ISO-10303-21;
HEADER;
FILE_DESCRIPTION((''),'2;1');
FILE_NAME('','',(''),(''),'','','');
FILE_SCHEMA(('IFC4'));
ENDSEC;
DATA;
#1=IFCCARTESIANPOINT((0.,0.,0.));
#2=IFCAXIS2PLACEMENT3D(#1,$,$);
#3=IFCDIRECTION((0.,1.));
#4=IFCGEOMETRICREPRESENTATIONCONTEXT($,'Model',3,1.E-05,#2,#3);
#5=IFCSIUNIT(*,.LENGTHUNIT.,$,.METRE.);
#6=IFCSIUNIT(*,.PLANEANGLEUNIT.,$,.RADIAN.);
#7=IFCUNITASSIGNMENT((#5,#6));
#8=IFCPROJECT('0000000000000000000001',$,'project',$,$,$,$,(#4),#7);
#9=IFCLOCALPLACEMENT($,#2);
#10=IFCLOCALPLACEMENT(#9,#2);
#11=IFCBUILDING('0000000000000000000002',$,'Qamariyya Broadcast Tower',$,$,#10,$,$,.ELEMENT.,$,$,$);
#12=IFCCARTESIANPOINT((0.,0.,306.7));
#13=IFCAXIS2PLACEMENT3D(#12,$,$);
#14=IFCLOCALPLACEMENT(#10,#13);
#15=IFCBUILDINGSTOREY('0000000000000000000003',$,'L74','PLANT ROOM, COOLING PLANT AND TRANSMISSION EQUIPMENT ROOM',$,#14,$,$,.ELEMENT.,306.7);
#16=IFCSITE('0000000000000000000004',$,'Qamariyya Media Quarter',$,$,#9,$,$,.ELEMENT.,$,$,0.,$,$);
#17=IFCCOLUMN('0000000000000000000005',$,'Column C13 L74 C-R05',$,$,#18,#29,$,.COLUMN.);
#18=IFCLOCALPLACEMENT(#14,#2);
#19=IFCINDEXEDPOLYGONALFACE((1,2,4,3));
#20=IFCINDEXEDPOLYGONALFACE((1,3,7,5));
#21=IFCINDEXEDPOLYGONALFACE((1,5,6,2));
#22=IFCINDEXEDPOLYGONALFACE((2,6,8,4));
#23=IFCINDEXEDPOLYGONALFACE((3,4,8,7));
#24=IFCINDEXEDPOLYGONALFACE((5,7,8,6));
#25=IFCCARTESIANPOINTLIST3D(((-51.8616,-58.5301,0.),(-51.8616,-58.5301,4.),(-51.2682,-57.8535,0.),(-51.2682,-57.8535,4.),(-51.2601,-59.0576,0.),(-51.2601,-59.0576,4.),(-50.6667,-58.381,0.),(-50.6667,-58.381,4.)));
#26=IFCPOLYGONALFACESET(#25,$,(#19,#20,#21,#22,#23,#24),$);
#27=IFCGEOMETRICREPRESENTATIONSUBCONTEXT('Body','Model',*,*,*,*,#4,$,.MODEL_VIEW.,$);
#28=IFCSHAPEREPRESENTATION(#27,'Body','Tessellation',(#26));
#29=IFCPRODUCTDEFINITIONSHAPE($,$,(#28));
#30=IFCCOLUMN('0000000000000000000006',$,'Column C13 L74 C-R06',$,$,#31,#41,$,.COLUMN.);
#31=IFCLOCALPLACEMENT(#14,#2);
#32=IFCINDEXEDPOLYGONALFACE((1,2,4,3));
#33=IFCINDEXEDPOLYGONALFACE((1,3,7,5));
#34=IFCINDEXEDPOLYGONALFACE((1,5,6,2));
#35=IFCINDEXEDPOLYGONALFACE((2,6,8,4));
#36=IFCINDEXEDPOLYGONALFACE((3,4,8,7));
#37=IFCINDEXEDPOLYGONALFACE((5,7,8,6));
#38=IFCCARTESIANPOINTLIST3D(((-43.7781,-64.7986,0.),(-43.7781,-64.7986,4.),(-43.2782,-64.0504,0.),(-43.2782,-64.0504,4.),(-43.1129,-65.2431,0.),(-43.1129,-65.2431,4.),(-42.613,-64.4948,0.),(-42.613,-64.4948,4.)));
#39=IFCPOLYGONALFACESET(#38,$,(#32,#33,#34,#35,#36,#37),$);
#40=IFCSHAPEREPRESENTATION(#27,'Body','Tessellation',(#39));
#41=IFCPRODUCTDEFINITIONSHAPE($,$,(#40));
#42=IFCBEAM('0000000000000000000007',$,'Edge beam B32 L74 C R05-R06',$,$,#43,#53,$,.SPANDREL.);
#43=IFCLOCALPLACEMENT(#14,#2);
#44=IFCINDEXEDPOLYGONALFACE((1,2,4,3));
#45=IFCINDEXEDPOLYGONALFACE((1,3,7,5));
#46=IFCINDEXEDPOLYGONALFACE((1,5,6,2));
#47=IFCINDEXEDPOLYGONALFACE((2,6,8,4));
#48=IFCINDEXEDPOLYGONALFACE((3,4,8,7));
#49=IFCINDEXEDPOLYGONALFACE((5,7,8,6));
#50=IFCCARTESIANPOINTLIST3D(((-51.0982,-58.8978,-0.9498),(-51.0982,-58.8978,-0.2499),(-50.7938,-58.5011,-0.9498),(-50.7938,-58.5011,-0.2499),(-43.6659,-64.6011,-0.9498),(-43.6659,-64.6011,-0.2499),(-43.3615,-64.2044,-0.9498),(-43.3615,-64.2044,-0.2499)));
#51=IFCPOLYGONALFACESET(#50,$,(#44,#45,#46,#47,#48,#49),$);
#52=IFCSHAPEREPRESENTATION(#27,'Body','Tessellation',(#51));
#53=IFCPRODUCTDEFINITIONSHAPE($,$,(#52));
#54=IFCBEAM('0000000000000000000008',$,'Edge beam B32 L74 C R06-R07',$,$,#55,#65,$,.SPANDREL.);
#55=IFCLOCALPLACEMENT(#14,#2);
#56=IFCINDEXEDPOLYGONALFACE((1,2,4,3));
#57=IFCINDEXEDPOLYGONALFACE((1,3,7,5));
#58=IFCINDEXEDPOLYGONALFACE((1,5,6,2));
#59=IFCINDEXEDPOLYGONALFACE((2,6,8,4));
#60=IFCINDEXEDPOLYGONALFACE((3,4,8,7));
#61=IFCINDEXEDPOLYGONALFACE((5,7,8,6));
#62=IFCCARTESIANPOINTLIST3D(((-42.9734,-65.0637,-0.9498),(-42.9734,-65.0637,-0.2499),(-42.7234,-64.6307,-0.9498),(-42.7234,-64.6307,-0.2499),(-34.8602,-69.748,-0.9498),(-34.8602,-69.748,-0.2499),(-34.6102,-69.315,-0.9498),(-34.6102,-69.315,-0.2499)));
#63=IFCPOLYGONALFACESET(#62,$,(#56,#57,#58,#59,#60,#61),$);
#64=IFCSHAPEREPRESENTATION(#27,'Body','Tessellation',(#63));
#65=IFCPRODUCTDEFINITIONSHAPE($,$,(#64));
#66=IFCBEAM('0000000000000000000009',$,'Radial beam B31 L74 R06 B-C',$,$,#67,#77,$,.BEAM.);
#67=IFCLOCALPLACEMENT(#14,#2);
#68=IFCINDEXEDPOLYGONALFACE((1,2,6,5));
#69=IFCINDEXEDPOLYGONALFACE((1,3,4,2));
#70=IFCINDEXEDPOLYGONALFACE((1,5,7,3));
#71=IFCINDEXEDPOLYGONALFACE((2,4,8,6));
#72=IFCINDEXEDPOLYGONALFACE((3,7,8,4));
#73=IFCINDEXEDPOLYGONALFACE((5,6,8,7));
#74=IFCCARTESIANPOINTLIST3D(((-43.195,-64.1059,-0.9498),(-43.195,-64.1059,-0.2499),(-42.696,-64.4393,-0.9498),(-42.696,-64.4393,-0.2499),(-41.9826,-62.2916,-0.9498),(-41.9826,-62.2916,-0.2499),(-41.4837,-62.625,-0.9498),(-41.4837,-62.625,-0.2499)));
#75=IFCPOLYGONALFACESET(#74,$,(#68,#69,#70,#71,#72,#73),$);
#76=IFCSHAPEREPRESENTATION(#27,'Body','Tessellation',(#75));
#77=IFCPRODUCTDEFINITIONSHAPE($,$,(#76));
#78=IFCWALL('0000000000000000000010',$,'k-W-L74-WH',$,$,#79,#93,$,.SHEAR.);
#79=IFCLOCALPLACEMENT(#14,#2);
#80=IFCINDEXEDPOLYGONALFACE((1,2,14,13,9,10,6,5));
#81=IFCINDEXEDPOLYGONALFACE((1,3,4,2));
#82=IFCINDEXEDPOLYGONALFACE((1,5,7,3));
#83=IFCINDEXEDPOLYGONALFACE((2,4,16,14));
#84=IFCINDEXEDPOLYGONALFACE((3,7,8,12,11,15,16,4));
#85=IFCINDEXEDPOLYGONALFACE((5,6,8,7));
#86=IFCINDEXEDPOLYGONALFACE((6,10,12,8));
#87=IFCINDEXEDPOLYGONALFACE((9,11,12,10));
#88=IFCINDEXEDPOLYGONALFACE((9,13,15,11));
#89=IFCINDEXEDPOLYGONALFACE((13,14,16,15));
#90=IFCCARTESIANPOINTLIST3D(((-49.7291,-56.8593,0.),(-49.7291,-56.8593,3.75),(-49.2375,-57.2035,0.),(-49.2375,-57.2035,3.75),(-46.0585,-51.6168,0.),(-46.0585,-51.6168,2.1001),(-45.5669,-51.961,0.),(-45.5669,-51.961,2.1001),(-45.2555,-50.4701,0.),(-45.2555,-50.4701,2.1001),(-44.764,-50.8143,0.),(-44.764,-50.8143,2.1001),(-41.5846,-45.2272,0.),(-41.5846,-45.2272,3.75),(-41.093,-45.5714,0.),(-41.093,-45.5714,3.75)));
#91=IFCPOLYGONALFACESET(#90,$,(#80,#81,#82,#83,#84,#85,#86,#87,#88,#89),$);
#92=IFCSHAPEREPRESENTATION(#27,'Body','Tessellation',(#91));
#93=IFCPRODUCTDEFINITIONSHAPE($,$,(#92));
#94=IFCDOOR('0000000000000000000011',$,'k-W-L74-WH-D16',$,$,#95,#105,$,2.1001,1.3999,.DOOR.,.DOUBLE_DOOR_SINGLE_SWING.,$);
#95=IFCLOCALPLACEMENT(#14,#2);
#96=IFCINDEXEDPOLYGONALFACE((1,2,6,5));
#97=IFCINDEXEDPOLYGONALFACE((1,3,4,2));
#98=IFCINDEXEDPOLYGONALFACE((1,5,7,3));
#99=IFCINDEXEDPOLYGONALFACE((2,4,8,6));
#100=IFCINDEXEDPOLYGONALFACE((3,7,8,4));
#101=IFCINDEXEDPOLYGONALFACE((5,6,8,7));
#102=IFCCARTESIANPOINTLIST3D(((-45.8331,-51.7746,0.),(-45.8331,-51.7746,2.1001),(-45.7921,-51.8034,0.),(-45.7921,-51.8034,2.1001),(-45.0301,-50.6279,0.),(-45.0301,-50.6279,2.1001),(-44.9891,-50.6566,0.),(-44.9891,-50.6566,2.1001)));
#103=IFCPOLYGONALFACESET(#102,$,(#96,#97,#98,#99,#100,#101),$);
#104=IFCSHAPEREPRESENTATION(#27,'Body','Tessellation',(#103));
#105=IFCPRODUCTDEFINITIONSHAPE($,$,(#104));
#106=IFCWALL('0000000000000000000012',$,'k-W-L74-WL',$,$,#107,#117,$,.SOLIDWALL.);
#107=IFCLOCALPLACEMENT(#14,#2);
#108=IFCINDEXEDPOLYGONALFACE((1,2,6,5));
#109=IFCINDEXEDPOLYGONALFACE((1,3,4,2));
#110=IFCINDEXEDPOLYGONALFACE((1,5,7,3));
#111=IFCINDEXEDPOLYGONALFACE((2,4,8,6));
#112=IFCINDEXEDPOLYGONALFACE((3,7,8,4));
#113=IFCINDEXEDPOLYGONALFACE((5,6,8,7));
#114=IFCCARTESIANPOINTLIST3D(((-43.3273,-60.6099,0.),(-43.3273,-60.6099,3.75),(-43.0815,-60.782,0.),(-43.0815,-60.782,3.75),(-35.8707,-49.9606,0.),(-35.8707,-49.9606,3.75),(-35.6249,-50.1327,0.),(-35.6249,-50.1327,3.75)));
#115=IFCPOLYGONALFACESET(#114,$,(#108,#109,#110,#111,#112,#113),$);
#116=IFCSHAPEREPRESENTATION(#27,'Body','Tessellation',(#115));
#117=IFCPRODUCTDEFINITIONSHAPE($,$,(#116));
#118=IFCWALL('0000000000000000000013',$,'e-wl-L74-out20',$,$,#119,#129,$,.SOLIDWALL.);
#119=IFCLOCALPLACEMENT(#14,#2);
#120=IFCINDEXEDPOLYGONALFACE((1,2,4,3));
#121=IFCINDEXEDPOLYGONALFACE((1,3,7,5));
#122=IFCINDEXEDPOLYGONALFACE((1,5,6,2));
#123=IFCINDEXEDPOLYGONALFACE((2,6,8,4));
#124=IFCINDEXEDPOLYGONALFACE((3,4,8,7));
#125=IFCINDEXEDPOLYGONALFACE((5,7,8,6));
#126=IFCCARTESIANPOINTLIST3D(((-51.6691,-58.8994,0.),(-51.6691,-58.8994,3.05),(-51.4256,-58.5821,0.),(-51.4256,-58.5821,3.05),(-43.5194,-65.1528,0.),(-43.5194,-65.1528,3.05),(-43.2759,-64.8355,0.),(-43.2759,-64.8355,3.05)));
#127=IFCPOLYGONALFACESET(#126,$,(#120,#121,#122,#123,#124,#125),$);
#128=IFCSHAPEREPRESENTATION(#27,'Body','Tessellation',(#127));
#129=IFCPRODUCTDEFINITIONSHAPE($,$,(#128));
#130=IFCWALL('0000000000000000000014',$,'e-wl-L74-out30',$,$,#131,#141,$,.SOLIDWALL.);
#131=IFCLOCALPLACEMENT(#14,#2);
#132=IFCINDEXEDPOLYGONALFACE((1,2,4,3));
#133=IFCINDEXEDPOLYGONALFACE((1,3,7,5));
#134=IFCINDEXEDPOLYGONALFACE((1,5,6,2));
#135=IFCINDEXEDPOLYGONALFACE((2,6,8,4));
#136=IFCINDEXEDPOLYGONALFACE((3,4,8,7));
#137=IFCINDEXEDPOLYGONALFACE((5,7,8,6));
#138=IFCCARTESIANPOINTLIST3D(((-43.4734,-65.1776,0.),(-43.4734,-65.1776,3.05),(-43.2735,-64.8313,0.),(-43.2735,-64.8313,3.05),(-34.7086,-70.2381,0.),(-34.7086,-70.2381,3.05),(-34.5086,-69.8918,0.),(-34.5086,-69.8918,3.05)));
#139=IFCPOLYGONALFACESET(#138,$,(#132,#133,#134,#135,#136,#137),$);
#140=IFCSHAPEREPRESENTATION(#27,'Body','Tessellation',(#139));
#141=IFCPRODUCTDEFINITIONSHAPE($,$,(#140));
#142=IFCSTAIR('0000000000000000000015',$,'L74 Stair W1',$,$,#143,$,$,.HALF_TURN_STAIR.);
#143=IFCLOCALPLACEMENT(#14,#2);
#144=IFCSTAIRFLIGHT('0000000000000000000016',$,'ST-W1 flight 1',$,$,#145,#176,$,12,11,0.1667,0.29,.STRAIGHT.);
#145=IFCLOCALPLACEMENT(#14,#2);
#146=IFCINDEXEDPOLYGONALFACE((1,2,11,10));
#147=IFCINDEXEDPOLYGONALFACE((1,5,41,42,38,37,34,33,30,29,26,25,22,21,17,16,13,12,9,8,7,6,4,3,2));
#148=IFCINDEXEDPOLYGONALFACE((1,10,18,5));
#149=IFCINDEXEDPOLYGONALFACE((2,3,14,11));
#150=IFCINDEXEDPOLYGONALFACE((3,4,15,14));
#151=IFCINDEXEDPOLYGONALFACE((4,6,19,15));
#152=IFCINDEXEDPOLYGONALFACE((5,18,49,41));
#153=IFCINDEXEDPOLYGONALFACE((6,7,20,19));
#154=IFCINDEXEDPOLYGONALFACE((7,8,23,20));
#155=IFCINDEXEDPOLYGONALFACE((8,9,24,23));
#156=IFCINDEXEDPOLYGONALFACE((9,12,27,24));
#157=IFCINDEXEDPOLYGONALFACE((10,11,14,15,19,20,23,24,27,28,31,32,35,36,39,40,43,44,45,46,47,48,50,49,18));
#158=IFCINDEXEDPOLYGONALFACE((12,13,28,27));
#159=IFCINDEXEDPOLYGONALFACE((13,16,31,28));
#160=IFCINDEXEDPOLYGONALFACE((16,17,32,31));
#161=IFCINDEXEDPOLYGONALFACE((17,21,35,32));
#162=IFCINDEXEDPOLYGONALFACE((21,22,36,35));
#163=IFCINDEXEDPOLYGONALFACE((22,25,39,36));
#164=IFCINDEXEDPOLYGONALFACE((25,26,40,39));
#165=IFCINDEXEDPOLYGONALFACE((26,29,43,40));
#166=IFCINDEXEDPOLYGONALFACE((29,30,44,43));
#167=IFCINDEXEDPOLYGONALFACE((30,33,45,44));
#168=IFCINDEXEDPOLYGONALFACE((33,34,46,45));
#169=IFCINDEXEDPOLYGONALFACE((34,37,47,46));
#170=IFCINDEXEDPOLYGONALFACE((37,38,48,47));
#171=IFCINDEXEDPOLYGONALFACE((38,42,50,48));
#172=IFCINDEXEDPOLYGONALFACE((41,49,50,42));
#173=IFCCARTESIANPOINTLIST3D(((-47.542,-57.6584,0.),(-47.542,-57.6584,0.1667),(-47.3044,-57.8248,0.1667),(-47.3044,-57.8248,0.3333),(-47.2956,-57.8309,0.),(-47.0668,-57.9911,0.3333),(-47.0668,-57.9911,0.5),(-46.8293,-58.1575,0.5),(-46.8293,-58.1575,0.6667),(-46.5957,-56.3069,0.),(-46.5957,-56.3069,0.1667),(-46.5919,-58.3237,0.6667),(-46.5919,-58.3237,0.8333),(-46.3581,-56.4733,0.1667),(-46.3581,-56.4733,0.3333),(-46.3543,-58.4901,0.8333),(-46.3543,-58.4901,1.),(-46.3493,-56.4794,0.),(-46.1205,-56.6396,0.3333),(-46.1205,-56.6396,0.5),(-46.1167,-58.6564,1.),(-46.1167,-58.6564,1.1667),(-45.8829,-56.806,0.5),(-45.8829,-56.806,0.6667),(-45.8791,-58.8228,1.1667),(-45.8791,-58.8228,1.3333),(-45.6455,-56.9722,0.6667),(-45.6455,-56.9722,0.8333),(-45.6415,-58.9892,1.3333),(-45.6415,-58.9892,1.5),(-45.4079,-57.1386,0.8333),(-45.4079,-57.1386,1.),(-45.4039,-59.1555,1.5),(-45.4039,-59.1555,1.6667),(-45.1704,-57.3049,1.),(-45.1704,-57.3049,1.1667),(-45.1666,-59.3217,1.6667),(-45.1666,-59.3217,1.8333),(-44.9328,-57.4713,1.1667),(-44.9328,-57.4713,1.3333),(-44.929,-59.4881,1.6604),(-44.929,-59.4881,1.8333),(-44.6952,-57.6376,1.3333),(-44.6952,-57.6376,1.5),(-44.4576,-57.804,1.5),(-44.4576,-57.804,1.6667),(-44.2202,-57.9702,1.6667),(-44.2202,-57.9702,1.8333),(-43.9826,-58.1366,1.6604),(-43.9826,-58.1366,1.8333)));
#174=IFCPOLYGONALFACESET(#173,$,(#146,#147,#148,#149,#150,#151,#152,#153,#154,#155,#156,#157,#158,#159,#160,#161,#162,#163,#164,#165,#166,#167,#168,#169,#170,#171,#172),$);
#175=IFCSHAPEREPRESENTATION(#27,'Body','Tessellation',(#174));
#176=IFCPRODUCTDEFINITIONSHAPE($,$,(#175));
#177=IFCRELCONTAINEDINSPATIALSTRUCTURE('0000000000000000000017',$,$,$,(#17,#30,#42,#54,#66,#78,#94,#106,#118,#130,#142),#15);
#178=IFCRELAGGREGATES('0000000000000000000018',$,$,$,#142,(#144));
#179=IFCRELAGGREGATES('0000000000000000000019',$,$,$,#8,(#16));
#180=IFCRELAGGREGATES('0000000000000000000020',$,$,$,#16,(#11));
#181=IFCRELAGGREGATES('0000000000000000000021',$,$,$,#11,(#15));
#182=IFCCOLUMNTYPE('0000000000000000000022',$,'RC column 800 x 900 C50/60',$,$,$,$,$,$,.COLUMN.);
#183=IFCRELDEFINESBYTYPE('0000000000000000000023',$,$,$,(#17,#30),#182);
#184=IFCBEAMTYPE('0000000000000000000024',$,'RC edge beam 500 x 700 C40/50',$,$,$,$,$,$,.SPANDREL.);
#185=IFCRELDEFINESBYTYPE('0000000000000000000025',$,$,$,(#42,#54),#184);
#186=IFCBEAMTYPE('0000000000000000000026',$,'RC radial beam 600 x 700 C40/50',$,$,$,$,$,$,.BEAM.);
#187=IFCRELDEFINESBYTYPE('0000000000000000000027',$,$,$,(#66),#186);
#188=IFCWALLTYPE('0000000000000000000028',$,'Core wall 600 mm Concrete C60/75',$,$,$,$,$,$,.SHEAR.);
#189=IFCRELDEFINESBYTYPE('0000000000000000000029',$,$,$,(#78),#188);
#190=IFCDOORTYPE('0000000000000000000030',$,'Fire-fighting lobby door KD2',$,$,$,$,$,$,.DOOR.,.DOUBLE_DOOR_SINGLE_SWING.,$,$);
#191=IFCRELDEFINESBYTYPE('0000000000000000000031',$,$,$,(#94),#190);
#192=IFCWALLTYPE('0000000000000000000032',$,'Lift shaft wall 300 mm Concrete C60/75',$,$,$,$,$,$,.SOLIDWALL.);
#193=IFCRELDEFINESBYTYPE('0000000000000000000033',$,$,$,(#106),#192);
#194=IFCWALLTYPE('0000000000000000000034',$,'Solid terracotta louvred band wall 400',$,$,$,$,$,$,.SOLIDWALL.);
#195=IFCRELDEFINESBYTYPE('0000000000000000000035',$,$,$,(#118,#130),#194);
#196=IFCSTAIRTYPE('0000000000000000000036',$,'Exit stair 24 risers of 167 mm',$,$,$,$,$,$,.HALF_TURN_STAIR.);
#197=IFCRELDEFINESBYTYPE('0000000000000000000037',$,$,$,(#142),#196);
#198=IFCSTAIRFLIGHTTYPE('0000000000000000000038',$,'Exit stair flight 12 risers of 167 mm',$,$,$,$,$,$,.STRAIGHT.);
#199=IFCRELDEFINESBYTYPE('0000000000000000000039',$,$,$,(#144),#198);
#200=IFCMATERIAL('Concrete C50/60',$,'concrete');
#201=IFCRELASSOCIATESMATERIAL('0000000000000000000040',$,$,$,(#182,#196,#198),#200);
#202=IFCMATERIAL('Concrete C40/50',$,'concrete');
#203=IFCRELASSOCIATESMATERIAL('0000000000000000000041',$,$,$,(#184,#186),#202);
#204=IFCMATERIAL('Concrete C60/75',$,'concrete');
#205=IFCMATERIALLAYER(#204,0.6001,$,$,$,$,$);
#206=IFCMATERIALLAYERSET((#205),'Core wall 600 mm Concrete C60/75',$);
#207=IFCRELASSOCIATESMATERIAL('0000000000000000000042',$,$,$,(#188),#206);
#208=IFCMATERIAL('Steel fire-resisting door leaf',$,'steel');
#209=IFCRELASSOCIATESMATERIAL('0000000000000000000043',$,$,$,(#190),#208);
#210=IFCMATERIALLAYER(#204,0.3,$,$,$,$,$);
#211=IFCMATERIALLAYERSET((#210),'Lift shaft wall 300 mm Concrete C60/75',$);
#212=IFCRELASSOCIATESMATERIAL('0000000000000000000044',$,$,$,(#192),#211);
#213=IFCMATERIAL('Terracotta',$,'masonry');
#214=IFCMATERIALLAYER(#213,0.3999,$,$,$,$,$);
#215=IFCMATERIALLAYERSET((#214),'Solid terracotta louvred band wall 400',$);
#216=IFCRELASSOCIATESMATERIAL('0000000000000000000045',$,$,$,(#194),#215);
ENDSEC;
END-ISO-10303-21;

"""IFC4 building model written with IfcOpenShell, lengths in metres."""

from ifc_helpers import new_model, si_unit, direction, frame, frame_2d, origin, origin_2d, place, context, subcontext, project, spatial, polyline, rectangle, outline, extrude, material, layer, layer_set, material_profile, profile_set, type_object, element, fill, aggregate, save


model = new_model("IFC4")

# Units and contexts
model_context = context("Model", 3, precision=1e-05, world=origin(), true_north=direction((0.0, 1.0)))
body_context = subcontext(model_context, "Body", "Model", "MODEL_VIEW")
ifc_project = project(units=[si_unit("LENGTHUNIT", "METRE"), si_unit("PLANEANGLEUNIT", "RADIAN")], contexts=[model_context])

# Site, building, storey
site_placement = place(None, origin())
site = spatial("IfcSite", under=ifc_project, at=site_placement, Name="Qamariyya Media Quarter", CompositionType="ELEMENT", RefElevation=0.0)
building_placement = place(site_placement, origin())
building = spatial("IfcBuilding", under=site, at=building_placement, Name="Qamariyya Broadcast Tower", CompositionType="ELEMENT")
storey_placement = place(building_placement, frame((0.0, 0.0, 306.7)))
storey = spatial("IfcBuildingStorey", under=building, at=storey_placement, Name="L74", Description="PLANT ROOM, COOLING PLANT AND TRANSMISSION EQUIPMENT ROOM", CompositionType="ELEMENT", Elevation=306.7)

# Columns
ifc_material_1 = material(Name="Concrete C50/60", Category="concrete")
ifc_material_profile_1 = material_profile(ifc_material_1, rectangle(XDim=0.8, YDim=0.8999, at=origin_2d()))
ifc_profile_set_1 = profile_set([ifc_material_profile_1], Name="Concrete C50/60")
column_type = type_object("IfcColumnType", Name="RC column 800 x 900 C50/60", PredefinedType="COLUMN", material=ifc_profile_set_1)
for number, where, z_axis, x_axis, name in (
    (1, (-51.2642, -58.4556, 0.0), (0.0, 0.0, 1.0), (0.75184, -0.659346, 0.0), "Column C13 L74 C-R05"),
    (2, (-43.1956, -64.6467, 0.0), (0.0, 0.0, 1.0), (0.83147, -0.55557, 0.0), "Column C13 L74 C-R06"),
):
    element("IfcColumn", number, at=place(storey_placement, frame(where, z_axis=z_axis, x_axis=x_axis)), inside=storey, type_object=column_type, Name=name, PredefinedType="COLUMN", context=body_context, shape_type="SweptSolid", body=[
        extrude(rectangle(XDim=0.8, YDim=0.8999, at=origin_2d()), origin(), (0.0, 0.0, 1.0), 4.0),
    ])

# Beams
ifc_material_2 = material(Name="Concrete C40/50", Category="concrete")
ifc_material_profile_2 = material_profile(ifc_material_2, rectangle(XDim=0.5, YDim=0.7, at=origin_2d()))
ifc_profile_set_2 = profile_set([ifc_material_profile_2], Name="Concrete C40/50")
beam_type_1 = type_object("IfcBeamType", Name="RC edge beam 500 x 700 C40/50", PredefinedType="SPANDREL", material=ifc_profile_set_2)
for number, where, z_axis, x_axis, name in (
    (3, (-50.946, -58.6995, -0.5999), (0.793337, -0.608782, 0.0), (0.608782, 0.793337, 0.0), "Edge beam B32 L74 C R05-R06"),
    (4, (-42.8484, -64.8472, -0.5999), (0.86602, -0.50001, 0.0), (0.50001, 0.86602, 0.0), "Edge beam B32 L74 C R06-R07"),
):
    element("IfcBeam", number, at=place(storey_placement, frame(where, z_axis=z_axis, x_axis=x_axis)), inside=storey, type_object=beam_type_1, Name=name, PredefinedType="SPANDREL", context=body_context, shape_type="SweptSolid", body=[
        extrude(rectangle(XDim=0.5, YDim=0.7, at=origin_2d()), origin(), (0.0, 0.0, 1.0), 9.3684),
    ])
ifc_material_profile_3 = material_profile(ifc_material_2, rectangle(XDim=0.6001, YDim=0.7, at=origin_2d()))
ifc_profile_set_3 = profile_set([ifc_material_profile_3], Name="Concrete C40/50")
beam_type_2 = type_object("IfcBeamType", Name="RC radial beam 600 x 700 C40/50", PredefinedType="BEAM", material=ifc_profile_set_3)
beam_placement = place(storey_placement, frame((-41.7332, -62.4583, -0.5999), z_axis=(-0.555578, -0.831465, 0.0), x_axis=(0.831465, -0.555578, 0.0)))
element("IfcBeam", 5, at=beam_placement, inside=storey, type_object=beam_type_2, Name="Radial beam B31 L74 R06 B-C", PredefinedType="BEAM", context=body_context, shape_type="SweptSolid", body=[
    extrude(rectangle(XDim=0.6001, YDim=0.7, at=origin_2d()), origin(), (0.0, 0.0, 1.0), 2.1821),
])

# Wall, opening, door
ifc_material_3 = material(Name="Concrete C60/75", Category="concrete")
ifc_layer_1 = layer(ifc_material_3, 0.6001)
ifc_layer_set_1 = layer_set([ifc_layer_1], Name="Core wall 600 mm Concrete C60/75")
wall_type_1 = type_object("IfcWallType", Name="Core wall 600 mm Concrete C60/75", PredefinedType="SHEAR", material=ifc_layer_set_1)
wall_1_placement = place(storey_placement, frame((-49.4834, -57.0315, 0.0), z_axis=(0.0, 0.0, 1.0), x_axis=(0.57356, 0.819163, 0.0)))
wall_1 = element("IfcWall", 6, at=wall_1_placement, inside=storey, type_object=wall_type_1, Name="k-W-L74-WH", PredefinedType="SHEAR", context=body_context, shape_type="SweptSolid", body=[
    extrude(rectangle(XDim=14.2, YDim=0.6001, at=frame_2d((7.1001, 0.0))), origin(), (0.0, 0.0, 1.0), 3.75),
])
opening_placement = place(wall_1_placement, frame((6.3999, 0.0, 0.0)))
opening = element("IfcOpeningElement", 7, at=opening_placement, cuts=wall_1, PredefinedType="OPENING", context=body_context, shape_type="SweptSolid", body=[
    extrude(rectangle(XDim=1.3999, YDim=2.1001, at=frame_2d((0.7, 1.05))), frame((0.0, 0.3101, 0.0), z_axis=(0.0, -1.0, 0.0), x_axis=(1.0, 0.0, 0.0)), (0.0, 0.0, 1.0), 0.6201),
])
ifc_material_4 = material(Name="Steel fire-resisting door leaf", Category="steel")
door_type = type_object("IfcDoorType", Name="Fire-fighting lobby door KD2", OperationType="DOUBLE_DOOR_SINGLE_SWING", PredefinedType="DOOR", material=ifc_material_4)
door_placement = place(opening_placement, origin())
door = element("IfcDoor", 8, at=door_placement, inside=storey, type_object=door_type, Name="k-W-L74-WH-D16", OperationType="DOUBLE_DOOR_SINGLE_SWING", OverallHeight=2.1001, OverallWidth=1.3999, PredefinedType="DOOR", context=body_context, shape_type="SweptSolid", body=[
    extrude(rectangle(XDim=1.3999, YDim=2.1001, at=frame_2d((0.7, 1.05))), frame((0.0, 0.0249, 0.0), z_axis=(0.0, -1.0, 0.0), x_axis=(1.0, 0.0, 0.0)), (0.0, 0.0, 1.0), 0.05),
])
fill(opening, door)

# Walls
ifc_layer_2 = layer(ifc_material_3, 0.3)
ifc_layer_set_2 = layer_set([ifc_layer_2], Name="Lift shaft wall 300 mm Concrete C60/75")
wall_type_2 = type_object("IfcWallType", Name="Lift shaft wall 300 mm Concrete C60/75", PredefinedType="SOLIDWALL", material=ifc_layer_set_2)
wall_2_placement = place(storey_placement, frame((-43.2043, -60.6958, 0.0), z_axis=(0.0, 0.0, 1.0), x_axis=(0.573572, 0.819155, 0.0)))
element("IfcWall", 9, at=wall_2_placement, inside=storey, type_object=wall_type_2, Name="k-W-L74-WL", PredefinedType="SOLIDWALL", context=body_context, shape_type="SweptSolid", body=[
    extrude(rectangle(XDim=13.0002, YDim=0.3, at=frame_2d((6.5, 0.0))), origin(), (0.0, 0.0, 1.0), 3.75),
])
ifc_material_5 = material(Name="Terracotta", Category="masonry")
ifc_layer_3 = layer(ifc_material_5, 0.3999)
ifc_layer_set_3 = layer_set([ifc_layer_3], Name="Solid terracotta louvred band wall 400")
wall_type_3 = type_object("IfcWallType", Name="Solid terracotta louvred band wall 400", PredefinedType="SOLIDWALL", material=ifc_layer_set_3)
wall_3_placement = place(storey_placement, frame((-51.5474, -58.7407, 0.0), z_axis=(0.0, 0.0, 1.0), x_axis=(0.793355, -0.608759, 0.0)))
element("IfcWall", 10, at=wall_3_placement, inside=storey, type_object=wall_type_3, Name="e-wl-L74-out20", PredefinedType="SOLIDWALL", context=body_context, shape_type="SweptSolid", body=[
    extrude(rectangle(XDim=10.2725, YDim=0.3999, at=frame_2d((5.1362, 0.0))), origin(), (0.0, 0.0, 1.0), 3.05),
])
wall_4_placement = place(storey_placement, frame((-43.3735, -65.0044, 0.0), z_axis=(0.0, 0.0, 1.0), x_axis=(0.86602, -0.50001, 0.0)))
element("IfcWall", 11, at=wall_4_placement, inside=storey, type_object=wall_type_3, Name="e-wl-L74-out30", PredefinedType="SOLIDWALL", context=body_context, shape_type="SweptSolid", body=[
    extrude(rectangle(XDim=10.1208, YDim=0.3999, at=frame_2d((5.0605, 0.0))), origin(), (0.0, 0.0, 1.0), 3.05),
])

# Stair, stair flight
stair_type = type_object("IfcStairType", Name="Exit stair 24 risers of 167 mm", PredefinedType="HALF_TURN_STAIR", material=ifc_material_1)
stair_placement = place(storey_placement, origin())
stair = element("IfcStair", 12, at=stair_placement, inside=storey, type_object=stair_type, Name="L74 Stair W1", PredefinedType="HALF_TURN_STAIR")
stair_flight_type = type_object("IfcStairFlightType", Name="Exit stair flight 12 risers of 167 mm", PredefinedType="STRAIGHT", material=ifc_material_1)
stair_flight_1_placement = place(storey_placement, frame((-47.0688, -56.9827, 0.0), z_axis=(0.0, 0.0, 1.0), x_axis=(0.819152, -0.573576, 0.0)))
stair_flight_1 = element("IfcStairFlight", 13, at=stair_flight_1_placement, type_object=stair_flight_type, Name="ST-W1 flight 1", NumberOfRisers=12, NumberOfTreads=11, PredefinedType="STRAIGHT", RiserHeight=0.1667, TreadLength=0.29, context=body_context, shape_type="SweptSolid", body=[
    extrude(outline(polyline([(0.0, 0.0), (0.0, 0.1667), (0.29, 0.1667), (0.29, 0.3333), (0.5801, 0.3333), (0.5801, 0.5), (0.8701, 0.5), (0.8701, 0.6667), (1.1599, 0.6667), (1.1599, 0.8333), (1.45, 0.8333), (1.45, 1.0), (1.74, 1.0), (1.74, 1.1667), (2.03, 1.1667), (2.03, 1.3333), (2.3201, 1.3333), (2.3201, 1.5), (2.6101, 1.5), (2.6101, 1.6667), (2.8999, 1.6667), (2.8999, 1.8333), (3.1899, 1.8333), (3.1899, 2.0), (3.1899, 1.6604), (0.3008, 0.0), (0.0, 0.0)])), frame((0.0, 0.825, 0.0), z_axis=(0.0, -1.0, 0.0), x_axis=(1.0, 0.0, 0.0)), (0.0, 0.0, 1.0), 1.6499),
])
aggregate(stair, [stair_flight_1])

save(model, "model.ifc")
